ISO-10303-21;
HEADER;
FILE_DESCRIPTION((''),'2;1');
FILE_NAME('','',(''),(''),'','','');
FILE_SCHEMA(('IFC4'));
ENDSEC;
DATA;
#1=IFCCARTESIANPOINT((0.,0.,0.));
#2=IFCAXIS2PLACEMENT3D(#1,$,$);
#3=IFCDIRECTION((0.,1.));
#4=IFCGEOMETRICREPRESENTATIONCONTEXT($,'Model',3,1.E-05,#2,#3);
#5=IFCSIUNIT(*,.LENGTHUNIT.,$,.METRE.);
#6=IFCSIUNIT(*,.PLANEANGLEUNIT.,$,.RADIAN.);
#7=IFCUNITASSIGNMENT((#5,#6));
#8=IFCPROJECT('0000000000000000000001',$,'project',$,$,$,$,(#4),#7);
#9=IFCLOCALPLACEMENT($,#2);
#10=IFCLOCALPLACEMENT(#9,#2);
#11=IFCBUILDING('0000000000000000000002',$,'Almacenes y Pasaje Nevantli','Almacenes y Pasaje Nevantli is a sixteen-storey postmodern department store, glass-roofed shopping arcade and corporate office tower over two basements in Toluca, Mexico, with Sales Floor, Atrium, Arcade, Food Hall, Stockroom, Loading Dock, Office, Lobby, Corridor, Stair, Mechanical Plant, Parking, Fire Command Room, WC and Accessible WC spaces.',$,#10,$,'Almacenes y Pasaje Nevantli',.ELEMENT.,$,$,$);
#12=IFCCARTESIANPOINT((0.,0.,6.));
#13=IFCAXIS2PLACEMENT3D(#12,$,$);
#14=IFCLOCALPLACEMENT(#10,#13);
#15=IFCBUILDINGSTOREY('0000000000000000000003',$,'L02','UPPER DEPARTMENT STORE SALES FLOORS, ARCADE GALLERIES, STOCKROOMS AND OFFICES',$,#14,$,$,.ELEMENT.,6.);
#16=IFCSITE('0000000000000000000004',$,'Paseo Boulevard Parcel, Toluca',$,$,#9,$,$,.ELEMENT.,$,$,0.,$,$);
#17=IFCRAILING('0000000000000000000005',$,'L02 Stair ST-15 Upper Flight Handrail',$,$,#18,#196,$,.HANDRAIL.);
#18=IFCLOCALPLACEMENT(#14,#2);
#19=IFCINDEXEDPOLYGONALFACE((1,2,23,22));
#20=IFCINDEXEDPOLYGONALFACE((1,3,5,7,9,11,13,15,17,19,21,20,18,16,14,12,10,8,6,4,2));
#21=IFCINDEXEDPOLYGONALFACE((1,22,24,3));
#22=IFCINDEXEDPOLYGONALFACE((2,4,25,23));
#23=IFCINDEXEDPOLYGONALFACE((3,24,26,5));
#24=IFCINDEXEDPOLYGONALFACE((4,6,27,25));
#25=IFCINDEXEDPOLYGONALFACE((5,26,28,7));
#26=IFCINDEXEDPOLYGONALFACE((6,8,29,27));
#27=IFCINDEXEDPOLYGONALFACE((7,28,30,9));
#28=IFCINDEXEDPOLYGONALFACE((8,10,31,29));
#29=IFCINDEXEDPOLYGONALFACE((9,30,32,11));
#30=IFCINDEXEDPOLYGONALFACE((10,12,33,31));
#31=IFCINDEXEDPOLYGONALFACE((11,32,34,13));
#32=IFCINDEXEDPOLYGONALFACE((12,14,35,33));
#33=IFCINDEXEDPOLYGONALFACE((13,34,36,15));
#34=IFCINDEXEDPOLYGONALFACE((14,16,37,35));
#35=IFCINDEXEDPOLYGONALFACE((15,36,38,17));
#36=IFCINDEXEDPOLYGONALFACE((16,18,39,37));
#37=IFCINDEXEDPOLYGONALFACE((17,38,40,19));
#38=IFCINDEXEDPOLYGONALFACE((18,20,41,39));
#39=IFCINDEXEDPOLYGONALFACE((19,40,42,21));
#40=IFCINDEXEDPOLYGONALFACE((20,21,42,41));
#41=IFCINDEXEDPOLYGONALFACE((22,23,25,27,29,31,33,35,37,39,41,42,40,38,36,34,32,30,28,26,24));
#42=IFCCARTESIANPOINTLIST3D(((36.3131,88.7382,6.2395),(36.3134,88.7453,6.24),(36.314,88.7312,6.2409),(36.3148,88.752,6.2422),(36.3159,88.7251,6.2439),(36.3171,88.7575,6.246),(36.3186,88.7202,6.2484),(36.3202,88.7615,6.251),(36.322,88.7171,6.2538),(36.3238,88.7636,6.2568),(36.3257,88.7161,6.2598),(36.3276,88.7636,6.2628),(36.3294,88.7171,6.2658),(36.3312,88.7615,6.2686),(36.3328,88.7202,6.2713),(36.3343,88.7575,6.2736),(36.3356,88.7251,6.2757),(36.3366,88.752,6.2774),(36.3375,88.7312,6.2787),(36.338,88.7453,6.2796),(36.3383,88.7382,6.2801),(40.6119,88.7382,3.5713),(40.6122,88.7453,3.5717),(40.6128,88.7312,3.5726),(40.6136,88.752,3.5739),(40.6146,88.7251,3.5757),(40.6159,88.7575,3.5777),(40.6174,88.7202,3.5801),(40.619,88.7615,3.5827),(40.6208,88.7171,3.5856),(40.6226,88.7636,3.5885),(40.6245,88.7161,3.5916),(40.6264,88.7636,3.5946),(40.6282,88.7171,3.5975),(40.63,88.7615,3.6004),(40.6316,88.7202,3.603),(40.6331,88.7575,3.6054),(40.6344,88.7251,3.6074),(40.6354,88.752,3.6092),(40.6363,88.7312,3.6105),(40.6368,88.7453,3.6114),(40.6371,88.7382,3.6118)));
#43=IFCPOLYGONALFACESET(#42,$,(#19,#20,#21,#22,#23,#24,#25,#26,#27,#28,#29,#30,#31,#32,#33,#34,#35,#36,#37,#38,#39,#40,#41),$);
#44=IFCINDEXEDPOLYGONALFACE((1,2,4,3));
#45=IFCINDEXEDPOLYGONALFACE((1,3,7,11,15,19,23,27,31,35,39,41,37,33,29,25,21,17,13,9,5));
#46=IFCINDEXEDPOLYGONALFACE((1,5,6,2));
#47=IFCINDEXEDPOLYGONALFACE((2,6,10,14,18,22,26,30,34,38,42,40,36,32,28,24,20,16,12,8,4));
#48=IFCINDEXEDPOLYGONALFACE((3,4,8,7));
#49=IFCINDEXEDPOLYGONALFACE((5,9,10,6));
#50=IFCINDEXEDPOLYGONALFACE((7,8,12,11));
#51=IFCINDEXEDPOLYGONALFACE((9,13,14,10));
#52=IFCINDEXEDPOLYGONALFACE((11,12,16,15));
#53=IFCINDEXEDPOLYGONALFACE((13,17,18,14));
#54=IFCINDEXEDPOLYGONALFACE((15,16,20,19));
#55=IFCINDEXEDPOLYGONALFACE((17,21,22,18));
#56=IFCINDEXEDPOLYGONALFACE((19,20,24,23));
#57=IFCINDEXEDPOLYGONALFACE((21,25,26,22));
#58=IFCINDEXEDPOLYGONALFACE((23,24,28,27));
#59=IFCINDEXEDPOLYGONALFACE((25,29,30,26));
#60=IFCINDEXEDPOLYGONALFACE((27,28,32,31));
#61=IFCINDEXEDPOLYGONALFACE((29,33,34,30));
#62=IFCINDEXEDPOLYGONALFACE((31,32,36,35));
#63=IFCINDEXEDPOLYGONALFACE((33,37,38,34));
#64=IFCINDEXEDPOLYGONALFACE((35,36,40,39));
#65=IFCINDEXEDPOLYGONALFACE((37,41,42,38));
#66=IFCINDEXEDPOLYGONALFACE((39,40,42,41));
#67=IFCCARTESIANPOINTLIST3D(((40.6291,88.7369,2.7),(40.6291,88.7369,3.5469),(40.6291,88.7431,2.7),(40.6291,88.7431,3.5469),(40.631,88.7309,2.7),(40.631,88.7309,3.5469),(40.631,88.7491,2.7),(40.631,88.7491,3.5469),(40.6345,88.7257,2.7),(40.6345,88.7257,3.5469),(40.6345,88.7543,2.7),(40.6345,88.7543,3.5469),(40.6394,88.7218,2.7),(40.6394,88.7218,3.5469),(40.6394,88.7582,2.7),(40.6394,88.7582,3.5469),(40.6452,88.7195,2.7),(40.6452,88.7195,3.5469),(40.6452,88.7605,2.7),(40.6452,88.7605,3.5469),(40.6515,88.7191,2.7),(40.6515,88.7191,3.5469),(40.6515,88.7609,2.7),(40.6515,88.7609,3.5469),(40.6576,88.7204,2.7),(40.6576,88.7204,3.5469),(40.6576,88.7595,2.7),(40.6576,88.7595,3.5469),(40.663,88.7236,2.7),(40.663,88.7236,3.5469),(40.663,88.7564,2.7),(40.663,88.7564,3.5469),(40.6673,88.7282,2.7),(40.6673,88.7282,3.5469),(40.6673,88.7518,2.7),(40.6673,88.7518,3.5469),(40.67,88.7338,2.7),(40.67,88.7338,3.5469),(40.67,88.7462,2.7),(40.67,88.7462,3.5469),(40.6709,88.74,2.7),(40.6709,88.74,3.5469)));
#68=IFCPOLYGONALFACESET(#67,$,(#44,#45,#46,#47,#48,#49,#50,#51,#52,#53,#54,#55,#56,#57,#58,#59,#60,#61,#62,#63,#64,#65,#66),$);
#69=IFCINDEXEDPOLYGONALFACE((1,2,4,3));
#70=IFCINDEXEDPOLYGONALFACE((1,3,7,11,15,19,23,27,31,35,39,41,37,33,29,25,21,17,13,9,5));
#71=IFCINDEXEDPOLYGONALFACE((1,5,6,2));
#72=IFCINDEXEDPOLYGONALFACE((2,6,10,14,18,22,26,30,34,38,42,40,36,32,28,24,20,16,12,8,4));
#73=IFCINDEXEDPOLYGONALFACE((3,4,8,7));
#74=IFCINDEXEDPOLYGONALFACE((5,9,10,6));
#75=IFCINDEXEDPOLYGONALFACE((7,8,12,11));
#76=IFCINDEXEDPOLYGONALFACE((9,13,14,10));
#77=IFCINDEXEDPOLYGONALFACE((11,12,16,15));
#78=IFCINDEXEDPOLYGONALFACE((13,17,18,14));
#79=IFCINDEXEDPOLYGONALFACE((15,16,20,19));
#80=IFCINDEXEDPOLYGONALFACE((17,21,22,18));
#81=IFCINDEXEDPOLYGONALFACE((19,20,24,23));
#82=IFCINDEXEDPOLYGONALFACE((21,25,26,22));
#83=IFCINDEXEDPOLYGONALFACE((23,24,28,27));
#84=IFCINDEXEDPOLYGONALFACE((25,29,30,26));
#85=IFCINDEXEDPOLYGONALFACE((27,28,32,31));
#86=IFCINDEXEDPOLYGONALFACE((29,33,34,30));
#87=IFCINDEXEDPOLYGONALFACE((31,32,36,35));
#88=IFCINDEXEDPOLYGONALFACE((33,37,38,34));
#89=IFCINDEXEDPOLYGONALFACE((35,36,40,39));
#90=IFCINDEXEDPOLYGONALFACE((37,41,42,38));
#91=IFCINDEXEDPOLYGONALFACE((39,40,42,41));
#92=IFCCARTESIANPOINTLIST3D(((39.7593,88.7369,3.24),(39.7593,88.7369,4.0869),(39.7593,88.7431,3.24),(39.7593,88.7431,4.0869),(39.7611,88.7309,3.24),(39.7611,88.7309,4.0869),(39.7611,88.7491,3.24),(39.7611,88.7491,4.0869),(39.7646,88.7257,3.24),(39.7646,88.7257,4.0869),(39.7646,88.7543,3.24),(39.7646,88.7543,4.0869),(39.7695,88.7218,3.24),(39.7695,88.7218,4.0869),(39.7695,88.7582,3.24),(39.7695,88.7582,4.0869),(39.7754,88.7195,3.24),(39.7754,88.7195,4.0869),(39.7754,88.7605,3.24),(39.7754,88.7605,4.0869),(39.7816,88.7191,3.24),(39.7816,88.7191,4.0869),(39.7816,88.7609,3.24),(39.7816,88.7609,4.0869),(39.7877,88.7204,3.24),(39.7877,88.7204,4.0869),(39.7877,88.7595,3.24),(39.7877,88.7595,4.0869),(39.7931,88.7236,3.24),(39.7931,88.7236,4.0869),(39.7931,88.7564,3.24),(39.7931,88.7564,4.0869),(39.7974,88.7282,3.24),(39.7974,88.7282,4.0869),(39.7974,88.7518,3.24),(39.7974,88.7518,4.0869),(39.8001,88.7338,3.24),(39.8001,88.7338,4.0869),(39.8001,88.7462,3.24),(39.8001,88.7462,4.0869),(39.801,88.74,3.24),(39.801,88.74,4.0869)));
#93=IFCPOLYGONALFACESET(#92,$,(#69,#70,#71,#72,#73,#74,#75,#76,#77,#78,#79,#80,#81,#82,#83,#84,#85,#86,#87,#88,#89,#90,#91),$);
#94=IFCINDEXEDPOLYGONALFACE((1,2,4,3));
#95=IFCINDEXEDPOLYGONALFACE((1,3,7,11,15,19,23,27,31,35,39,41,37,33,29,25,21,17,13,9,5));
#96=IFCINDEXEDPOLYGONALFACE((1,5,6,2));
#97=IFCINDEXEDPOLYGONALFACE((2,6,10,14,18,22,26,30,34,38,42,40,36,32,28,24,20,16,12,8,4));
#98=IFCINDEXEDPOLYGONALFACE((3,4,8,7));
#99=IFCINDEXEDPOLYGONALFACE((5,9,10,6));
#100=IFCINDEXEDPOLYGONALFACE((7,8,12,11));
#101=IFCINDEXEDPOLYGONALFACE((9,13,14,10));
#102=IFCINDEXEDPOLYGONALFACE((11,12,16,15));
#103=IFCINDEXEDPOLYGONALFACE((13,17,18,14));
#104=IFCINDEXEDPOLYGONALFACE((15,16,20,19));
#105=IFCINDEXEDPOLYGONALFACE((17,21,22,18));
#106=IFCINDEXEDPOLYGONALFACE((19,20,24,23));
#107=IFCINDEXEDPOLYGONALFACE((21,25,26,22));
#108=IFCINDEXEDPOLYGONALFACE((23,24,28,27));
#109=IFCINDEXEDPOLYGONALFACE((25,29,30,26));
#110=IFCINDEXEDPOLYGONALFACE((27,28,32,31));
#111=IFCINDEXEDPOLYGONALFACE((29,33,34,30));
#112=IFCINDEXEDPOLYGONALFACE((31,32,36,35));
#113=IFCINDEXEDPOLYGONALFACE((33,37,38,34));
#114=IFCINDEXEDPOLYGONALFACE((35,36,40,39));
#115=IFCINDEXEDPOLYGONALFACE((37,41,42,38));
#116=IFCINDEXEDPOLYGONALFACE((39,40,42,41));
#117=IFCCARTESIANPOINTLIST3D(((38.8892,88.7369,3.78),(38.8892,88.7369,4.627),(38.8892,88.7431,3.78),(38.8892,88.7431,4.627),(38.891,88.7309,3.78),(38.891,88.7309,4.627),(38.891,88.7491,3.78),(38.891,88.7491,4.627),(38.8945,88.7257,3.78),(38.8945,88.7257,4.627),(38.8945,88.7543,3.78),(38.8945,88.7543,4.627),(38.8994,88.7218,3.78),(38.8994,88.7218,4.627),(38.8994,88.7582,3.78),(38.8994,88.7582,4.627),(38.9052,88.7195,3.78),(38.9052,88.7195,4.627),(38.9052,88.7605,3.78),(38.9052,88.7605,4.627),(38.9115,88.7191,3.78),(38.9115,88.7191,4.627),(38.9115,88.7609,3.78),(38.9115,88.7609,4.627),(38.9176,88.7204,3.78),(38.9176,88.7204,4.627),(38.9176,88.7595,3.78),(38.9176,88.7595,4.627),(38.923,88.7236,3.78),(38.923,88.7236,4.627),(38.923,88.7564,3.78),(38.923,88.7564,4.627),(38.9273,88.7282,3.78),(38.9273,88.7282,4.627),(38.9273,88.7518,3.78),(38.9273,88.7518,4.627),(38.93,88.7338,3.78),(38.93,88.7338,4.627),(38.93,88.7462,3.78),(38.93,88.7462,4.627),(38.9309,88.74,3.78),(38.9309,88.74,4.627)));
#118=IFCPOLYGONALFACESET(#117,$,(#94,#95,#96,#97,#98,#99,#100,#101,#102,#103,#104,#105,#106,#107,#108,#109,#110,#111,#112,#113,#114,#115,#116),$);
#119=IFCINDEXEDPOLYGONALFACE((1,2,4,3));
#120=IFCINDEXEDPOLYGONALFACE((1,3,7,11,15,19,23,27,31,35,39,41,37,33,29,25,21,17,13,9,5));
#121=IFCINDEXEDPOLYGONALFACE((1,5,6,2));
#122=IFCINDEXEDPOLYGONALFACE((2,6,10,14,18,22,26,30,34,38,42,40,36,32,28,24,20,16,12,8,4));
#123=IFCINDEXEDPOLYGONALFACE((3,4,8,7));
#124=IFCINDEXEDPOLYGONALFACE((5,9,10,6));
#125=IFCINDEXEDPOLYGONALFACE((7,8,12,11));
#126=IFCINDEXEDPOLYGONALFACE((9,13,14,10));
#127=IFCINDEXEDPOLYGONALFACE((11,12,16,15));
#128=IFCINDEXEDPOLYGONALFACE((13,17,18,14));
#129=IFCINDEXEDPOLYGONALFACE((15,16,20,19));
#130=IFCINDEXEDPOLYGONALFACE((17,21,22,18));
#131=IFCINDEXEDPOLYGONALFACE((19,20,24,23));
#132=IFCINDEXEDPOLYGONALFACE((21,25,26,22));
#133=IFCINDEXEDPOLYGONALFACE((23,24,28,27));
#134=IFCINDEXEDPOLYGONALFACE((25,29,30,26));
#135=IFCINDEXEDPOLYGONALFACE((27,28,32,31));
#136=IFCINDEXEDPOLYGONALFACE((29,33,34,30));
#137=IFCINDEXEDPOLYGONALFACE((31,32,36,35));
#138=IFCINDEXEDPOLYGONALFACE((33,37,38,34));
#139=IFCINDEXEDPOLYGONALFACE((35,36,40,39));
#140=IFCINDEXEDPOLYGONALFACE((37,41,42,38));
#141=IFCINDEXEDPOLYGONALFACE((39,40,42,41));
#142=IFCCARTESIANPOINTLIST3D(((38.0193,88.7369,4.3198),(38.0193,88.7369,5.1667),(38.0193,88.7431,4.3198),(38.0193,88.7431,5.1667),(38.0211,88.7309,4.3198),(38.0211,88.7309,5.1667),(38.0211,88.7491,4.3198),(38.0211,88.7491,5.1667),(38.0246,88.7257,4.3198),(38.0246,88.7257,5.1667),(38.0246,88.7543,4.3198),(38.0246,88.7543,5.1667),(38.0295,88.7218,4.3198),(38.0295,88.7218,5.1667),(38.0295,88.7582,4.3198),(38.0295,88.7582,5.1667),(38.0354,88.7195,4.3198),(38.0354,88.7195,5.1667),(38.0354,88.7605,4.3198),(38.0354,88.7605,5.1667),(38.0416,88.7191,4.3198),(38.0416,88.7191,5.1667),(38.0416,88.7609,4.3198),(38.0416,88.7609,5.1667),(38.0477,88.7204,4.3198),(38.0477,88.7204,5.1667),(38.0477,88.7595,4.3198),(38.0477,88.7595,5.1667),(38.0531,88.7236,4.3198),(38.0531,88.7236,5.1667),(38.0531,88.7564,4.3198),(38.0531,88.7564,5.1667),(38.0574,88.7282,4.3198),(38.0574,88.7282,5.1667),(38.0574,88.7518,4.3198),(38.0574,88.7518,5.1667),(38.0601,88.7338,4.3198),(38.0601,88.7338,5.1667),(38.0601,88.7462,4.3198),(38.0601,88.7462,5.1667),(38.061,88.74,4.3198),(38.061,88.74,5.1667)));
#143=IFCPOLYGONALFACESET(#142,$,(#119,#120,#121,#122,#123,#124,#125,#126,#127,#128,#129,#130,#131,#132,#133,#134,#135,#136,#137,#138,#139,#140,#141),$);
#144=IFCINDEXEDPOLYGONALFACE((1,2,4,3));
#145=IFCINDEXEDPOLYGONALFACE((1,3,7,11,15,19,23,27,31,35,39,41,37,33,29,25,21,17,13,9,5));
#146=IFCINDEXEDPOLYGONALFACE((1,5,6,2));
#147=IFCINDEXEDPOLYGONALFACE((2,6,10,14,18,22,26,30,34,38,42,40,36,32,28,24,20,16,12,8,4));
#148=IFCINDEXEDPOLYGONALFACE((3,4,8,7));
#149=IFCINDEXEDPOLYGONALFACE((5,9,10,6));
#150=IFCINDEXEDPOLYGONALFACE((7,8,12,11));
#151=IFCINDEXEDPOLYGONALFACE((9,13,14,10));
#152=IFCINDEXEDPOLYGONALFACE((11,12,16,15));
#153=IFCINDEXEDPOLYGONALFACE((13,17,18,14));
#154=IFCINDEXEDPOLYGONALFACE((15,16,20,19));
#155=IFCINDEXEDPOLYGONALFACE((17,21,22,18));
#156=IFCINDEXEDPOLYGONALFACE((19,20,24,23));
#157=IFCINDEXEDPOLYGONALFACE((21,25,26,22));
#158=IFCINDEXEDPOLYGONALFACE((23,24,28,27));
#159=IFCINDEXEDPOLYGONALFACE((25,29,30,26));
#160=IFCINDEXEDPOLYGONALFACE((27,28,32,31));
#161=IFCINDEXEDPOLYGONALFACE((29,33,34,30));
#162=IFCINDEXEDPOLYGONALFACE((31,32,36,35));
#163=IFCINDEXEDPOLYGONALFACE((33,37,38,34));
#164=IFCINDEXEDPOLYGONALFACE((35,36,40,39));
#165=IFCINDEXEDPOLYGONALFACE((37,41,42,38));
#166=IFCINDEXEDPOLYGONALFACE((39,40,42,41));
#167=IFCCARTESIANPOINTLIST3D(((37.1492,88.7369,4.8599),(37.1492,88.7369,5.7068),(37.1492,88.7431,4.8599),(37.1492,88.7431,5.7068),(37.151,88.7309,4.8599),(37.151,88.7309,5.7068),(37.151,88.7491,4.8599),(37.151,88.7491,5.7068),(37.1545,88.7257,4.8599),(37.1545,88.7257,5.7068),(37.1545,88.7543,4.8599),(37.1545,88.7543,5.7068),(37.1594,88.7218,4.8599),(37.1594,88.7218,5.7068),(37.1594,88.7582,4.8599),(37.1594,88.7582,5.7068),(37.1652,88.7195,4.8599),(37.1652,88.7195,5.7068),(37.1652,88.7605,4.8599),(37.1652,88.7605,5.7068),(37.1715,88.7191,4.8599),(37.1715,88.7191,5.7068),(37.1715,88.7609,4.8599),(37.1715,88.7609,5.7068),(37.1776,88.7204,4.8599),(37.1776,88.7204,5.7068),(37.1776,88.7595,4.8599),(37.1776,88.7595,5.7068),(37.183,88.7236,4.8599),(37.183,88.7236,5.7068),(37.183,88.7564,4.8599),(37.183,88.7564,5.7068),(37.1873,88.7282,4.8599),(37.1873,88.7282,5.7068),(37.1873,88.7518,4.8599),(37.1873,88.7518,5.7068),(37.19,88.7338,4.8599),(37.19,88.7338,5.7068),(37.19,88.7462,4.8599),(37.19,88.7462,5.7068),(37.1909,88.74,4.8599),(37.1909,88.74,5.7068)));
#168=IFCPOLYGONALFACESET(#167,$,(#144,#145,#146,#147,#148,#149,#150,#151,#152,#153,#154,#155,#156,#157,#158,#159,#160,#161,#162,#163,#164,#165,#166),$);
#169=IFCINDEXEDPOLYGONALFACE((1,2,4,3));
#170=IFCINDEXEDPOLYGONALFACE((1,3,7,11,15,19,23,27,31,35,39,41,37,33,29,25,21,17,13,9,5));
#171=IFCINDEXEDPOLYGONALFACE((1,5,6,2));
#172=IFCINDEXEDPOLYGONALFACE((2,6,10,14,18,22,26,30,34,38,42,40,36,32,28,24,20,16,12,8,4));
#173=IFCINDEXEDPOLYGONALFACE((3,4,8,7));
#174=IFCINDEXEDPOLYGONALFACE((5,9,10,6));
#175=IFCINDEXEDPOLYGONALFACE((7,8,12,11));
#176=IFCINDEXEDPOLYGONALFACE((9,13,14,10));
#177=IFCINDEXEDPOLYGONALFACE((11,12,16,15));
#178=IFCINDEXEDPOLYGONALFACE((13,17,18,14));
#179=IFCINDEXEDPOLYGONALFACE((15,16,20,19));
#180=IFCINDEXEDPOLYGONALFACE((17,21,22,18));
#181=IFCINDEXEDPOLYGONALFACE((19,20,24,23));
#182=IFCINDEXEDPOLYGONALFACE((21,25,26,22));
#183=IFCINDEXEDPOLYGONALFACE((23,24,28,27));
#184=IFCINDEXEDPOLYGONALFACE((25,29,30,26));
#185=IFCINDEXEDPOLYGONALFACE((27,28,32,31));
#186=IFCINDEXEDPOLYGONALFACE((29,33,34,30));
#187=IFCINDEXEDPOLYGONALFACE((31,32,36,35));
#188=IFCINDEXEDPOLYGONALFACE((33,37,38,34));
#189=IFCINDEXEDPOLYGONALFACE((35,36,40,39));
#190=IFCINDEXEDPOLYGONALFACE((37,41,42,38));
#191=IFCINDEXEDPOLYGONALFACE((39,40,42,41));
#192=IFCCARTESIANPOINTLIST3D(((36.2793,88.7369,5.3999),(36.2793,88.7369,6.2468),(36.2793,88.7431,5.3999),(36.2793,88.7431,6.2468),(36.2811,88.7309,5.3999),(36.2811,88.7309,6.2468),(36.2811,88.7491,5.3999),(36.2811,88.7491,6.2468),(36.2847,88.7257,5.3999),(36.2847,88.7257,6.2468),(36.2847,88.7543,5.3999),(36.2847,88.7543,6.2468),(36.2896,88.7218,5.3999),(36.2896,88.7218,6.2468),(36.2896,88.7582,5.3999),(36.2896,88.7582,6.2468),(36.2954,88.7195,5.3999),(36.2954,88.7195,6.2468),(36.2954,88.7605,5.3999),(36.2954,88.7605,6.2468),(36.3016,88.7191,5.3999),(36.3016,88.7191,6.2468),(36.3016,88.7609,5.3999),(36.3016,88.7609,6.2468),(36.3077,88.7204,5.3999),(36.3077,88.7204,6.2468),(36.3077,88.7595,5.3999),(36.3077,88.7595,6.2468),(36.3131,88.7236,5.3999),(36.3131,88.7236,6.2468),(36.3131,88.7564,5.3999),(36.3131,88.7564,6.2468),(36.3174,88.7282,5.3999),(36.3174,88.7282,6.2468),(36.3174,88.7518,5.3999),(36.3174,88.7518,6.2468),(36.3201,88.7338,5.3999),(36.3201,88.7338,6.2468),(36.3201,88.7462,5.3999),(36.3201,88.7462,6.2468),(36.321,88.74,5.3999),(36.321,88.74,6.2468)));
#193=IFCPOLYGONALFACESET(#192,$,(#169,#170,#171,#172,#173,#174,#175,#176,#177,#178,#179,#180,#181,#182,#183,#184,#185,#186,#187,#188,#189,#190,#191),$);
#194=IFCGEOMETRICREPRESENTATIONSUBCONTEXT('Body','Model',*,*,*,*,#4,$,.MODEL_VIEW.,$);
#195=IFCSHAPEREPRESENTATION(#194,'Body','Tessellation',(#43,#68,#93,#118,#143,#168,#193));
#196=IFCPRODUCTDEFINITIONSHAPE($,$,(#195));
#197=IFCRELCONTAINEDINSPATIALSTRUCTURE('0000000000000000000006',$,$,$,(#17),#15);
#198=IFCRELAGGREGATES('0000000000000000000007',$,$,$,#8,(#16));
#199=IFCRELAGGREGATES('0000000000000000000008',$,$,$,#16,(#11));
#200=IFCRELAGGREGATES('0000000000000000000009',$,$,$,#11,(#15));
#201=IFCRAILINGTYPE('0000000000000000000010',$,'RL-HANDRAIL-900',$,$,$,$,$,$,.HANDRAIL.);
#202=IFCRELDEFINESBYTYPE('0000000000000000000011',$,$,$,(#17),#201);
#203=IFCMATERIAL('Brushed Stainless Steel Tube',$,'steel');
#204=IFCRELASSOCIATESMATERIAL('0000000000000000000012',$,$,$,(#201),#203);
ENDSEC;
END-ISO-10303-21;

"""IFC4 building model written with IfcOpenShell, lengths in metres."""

from ifc_helpers import new_model, si_unit, direction, frame, origin, origin_2d, place, context, subcontext, project, spatial, circle, extrude, material, type_object, element, save


model = new_model("IFC4")

# Units and contexts
model_context = context("Model", 3, precision=1e-05, world=origin(), true_north=direction((0.0, 1.0)))
body_context = subcontext(model_context, "Body", "Model", "MODEL_VIEW")
ifc_project = project(units=[si_unit("LENGTHUNIT", "METRE"), si_unit("PLANEANGLEUNIT", "RADIAN")], contexts=[model_context])

# Site, building, storey
site_placement = place(None, origin())
site = spatial("IfcSite", under=ifc_project, at=site_placement, Name="Paseo Boulevard Parcel, Toluca", CompositionType="ELEMENT", RefElevation=0.0)
building_placement = place(site_placement, origin())
building = spatial("IfcBuilding", under=site, at=building_placement, Name="Almacenes y Pasaje Nevantli", Description="Almacenes y Pasaje Nevantli is a sixteen-storey postmodern department store, glass-roofed shopping arcade and corporate office tower over two basements in Toluca, Mexico, with Sales Floor, Atrium, Arcade, Food Hall, Stockroom, Loading Dock, Office, Lobby, Corridor, Stair, Mechanical Plant, Parking, Fire Command Room, WC and Accessible WC spaces.", LongName="Almacenes y Pasaje Nevantli", CompositionType="ELEMENT")
storey_placement = place(building_placement, frame((0.0, 0.0, 6.0)))
storey = spatial("IfcBuildingStorey", under=building, at=storey_placement, Name="L02", Description="UPPER DEPARTMENT STORE SALES FLOORS, ARCADE GALLERIES, STOCKROOMS AND OFFICES", CompositionType="ELEMENT", Elevation=6.0)

# Railing
ifc_material_1 = material(Name="Brushed Stainless Steel Tube", Category="steel")
railing_type = type_object("IfcRailingType", Name="RL-HANDRAIL-900", PredefinedType="HANDRAIL", material=ifc_material_1)
railing_placement = place(storey_placement, frame((40.6499, 88.74, 2.7)))
element("IfcRailing", 1, at=railing_placement, inside=storey, type_object=railing_type, Name="L02 Stair ST-15 Upper Flight Handrail", PredefinedType="HANDRAIL", context=body_context, shape_type="SweptSolid", body=[
    extrude(circle(Radius=0.0239, at=origin_2d()), frame((-0.0254, 0.0, 0.8916), z_axis=(-0.849636, 0.0, 0.527369), x_axis=(0.0, -1.0, 0.0)), (0.0, 0.0, 1.0), 5.0596),
    extrude(circle(Radius=0.021, at=origin_2d()), origin(), (0.0, 0.0, 1.0), 0.8469),
    extrude(circle(Radius=0.021, at=origin_2d()), frame((-0.8699, 0.0, 0.54)), (0.0, 0.0, 1.0), 0.8469),
    extrude(circle(Radius=0.021, at=origin_2d()), frame((-1.74, 0.0, 1.0801)), (0.0, 0.0, 1.0), 0.8469),
    extrude(circle(Radius=0.021, at=origin_2d()), frame((-2.6099, 0.0, 1.6199)), (0.0, 0.0, 1.0), 0.8469),
    extrude(circle(Radius=0.021, at=origin_2d()), frame((-3.48, 0.0, 2.1599)), (0.0, 0.0, 1.0), 0.8469),
    extrude(circle(Radius=0.021, at=origin_2d()), frame((-4.3499, 0.0, 2.7)), (0.0, 0.0, 1.0), 0.8469),
])

save(model, "model.ifc")
